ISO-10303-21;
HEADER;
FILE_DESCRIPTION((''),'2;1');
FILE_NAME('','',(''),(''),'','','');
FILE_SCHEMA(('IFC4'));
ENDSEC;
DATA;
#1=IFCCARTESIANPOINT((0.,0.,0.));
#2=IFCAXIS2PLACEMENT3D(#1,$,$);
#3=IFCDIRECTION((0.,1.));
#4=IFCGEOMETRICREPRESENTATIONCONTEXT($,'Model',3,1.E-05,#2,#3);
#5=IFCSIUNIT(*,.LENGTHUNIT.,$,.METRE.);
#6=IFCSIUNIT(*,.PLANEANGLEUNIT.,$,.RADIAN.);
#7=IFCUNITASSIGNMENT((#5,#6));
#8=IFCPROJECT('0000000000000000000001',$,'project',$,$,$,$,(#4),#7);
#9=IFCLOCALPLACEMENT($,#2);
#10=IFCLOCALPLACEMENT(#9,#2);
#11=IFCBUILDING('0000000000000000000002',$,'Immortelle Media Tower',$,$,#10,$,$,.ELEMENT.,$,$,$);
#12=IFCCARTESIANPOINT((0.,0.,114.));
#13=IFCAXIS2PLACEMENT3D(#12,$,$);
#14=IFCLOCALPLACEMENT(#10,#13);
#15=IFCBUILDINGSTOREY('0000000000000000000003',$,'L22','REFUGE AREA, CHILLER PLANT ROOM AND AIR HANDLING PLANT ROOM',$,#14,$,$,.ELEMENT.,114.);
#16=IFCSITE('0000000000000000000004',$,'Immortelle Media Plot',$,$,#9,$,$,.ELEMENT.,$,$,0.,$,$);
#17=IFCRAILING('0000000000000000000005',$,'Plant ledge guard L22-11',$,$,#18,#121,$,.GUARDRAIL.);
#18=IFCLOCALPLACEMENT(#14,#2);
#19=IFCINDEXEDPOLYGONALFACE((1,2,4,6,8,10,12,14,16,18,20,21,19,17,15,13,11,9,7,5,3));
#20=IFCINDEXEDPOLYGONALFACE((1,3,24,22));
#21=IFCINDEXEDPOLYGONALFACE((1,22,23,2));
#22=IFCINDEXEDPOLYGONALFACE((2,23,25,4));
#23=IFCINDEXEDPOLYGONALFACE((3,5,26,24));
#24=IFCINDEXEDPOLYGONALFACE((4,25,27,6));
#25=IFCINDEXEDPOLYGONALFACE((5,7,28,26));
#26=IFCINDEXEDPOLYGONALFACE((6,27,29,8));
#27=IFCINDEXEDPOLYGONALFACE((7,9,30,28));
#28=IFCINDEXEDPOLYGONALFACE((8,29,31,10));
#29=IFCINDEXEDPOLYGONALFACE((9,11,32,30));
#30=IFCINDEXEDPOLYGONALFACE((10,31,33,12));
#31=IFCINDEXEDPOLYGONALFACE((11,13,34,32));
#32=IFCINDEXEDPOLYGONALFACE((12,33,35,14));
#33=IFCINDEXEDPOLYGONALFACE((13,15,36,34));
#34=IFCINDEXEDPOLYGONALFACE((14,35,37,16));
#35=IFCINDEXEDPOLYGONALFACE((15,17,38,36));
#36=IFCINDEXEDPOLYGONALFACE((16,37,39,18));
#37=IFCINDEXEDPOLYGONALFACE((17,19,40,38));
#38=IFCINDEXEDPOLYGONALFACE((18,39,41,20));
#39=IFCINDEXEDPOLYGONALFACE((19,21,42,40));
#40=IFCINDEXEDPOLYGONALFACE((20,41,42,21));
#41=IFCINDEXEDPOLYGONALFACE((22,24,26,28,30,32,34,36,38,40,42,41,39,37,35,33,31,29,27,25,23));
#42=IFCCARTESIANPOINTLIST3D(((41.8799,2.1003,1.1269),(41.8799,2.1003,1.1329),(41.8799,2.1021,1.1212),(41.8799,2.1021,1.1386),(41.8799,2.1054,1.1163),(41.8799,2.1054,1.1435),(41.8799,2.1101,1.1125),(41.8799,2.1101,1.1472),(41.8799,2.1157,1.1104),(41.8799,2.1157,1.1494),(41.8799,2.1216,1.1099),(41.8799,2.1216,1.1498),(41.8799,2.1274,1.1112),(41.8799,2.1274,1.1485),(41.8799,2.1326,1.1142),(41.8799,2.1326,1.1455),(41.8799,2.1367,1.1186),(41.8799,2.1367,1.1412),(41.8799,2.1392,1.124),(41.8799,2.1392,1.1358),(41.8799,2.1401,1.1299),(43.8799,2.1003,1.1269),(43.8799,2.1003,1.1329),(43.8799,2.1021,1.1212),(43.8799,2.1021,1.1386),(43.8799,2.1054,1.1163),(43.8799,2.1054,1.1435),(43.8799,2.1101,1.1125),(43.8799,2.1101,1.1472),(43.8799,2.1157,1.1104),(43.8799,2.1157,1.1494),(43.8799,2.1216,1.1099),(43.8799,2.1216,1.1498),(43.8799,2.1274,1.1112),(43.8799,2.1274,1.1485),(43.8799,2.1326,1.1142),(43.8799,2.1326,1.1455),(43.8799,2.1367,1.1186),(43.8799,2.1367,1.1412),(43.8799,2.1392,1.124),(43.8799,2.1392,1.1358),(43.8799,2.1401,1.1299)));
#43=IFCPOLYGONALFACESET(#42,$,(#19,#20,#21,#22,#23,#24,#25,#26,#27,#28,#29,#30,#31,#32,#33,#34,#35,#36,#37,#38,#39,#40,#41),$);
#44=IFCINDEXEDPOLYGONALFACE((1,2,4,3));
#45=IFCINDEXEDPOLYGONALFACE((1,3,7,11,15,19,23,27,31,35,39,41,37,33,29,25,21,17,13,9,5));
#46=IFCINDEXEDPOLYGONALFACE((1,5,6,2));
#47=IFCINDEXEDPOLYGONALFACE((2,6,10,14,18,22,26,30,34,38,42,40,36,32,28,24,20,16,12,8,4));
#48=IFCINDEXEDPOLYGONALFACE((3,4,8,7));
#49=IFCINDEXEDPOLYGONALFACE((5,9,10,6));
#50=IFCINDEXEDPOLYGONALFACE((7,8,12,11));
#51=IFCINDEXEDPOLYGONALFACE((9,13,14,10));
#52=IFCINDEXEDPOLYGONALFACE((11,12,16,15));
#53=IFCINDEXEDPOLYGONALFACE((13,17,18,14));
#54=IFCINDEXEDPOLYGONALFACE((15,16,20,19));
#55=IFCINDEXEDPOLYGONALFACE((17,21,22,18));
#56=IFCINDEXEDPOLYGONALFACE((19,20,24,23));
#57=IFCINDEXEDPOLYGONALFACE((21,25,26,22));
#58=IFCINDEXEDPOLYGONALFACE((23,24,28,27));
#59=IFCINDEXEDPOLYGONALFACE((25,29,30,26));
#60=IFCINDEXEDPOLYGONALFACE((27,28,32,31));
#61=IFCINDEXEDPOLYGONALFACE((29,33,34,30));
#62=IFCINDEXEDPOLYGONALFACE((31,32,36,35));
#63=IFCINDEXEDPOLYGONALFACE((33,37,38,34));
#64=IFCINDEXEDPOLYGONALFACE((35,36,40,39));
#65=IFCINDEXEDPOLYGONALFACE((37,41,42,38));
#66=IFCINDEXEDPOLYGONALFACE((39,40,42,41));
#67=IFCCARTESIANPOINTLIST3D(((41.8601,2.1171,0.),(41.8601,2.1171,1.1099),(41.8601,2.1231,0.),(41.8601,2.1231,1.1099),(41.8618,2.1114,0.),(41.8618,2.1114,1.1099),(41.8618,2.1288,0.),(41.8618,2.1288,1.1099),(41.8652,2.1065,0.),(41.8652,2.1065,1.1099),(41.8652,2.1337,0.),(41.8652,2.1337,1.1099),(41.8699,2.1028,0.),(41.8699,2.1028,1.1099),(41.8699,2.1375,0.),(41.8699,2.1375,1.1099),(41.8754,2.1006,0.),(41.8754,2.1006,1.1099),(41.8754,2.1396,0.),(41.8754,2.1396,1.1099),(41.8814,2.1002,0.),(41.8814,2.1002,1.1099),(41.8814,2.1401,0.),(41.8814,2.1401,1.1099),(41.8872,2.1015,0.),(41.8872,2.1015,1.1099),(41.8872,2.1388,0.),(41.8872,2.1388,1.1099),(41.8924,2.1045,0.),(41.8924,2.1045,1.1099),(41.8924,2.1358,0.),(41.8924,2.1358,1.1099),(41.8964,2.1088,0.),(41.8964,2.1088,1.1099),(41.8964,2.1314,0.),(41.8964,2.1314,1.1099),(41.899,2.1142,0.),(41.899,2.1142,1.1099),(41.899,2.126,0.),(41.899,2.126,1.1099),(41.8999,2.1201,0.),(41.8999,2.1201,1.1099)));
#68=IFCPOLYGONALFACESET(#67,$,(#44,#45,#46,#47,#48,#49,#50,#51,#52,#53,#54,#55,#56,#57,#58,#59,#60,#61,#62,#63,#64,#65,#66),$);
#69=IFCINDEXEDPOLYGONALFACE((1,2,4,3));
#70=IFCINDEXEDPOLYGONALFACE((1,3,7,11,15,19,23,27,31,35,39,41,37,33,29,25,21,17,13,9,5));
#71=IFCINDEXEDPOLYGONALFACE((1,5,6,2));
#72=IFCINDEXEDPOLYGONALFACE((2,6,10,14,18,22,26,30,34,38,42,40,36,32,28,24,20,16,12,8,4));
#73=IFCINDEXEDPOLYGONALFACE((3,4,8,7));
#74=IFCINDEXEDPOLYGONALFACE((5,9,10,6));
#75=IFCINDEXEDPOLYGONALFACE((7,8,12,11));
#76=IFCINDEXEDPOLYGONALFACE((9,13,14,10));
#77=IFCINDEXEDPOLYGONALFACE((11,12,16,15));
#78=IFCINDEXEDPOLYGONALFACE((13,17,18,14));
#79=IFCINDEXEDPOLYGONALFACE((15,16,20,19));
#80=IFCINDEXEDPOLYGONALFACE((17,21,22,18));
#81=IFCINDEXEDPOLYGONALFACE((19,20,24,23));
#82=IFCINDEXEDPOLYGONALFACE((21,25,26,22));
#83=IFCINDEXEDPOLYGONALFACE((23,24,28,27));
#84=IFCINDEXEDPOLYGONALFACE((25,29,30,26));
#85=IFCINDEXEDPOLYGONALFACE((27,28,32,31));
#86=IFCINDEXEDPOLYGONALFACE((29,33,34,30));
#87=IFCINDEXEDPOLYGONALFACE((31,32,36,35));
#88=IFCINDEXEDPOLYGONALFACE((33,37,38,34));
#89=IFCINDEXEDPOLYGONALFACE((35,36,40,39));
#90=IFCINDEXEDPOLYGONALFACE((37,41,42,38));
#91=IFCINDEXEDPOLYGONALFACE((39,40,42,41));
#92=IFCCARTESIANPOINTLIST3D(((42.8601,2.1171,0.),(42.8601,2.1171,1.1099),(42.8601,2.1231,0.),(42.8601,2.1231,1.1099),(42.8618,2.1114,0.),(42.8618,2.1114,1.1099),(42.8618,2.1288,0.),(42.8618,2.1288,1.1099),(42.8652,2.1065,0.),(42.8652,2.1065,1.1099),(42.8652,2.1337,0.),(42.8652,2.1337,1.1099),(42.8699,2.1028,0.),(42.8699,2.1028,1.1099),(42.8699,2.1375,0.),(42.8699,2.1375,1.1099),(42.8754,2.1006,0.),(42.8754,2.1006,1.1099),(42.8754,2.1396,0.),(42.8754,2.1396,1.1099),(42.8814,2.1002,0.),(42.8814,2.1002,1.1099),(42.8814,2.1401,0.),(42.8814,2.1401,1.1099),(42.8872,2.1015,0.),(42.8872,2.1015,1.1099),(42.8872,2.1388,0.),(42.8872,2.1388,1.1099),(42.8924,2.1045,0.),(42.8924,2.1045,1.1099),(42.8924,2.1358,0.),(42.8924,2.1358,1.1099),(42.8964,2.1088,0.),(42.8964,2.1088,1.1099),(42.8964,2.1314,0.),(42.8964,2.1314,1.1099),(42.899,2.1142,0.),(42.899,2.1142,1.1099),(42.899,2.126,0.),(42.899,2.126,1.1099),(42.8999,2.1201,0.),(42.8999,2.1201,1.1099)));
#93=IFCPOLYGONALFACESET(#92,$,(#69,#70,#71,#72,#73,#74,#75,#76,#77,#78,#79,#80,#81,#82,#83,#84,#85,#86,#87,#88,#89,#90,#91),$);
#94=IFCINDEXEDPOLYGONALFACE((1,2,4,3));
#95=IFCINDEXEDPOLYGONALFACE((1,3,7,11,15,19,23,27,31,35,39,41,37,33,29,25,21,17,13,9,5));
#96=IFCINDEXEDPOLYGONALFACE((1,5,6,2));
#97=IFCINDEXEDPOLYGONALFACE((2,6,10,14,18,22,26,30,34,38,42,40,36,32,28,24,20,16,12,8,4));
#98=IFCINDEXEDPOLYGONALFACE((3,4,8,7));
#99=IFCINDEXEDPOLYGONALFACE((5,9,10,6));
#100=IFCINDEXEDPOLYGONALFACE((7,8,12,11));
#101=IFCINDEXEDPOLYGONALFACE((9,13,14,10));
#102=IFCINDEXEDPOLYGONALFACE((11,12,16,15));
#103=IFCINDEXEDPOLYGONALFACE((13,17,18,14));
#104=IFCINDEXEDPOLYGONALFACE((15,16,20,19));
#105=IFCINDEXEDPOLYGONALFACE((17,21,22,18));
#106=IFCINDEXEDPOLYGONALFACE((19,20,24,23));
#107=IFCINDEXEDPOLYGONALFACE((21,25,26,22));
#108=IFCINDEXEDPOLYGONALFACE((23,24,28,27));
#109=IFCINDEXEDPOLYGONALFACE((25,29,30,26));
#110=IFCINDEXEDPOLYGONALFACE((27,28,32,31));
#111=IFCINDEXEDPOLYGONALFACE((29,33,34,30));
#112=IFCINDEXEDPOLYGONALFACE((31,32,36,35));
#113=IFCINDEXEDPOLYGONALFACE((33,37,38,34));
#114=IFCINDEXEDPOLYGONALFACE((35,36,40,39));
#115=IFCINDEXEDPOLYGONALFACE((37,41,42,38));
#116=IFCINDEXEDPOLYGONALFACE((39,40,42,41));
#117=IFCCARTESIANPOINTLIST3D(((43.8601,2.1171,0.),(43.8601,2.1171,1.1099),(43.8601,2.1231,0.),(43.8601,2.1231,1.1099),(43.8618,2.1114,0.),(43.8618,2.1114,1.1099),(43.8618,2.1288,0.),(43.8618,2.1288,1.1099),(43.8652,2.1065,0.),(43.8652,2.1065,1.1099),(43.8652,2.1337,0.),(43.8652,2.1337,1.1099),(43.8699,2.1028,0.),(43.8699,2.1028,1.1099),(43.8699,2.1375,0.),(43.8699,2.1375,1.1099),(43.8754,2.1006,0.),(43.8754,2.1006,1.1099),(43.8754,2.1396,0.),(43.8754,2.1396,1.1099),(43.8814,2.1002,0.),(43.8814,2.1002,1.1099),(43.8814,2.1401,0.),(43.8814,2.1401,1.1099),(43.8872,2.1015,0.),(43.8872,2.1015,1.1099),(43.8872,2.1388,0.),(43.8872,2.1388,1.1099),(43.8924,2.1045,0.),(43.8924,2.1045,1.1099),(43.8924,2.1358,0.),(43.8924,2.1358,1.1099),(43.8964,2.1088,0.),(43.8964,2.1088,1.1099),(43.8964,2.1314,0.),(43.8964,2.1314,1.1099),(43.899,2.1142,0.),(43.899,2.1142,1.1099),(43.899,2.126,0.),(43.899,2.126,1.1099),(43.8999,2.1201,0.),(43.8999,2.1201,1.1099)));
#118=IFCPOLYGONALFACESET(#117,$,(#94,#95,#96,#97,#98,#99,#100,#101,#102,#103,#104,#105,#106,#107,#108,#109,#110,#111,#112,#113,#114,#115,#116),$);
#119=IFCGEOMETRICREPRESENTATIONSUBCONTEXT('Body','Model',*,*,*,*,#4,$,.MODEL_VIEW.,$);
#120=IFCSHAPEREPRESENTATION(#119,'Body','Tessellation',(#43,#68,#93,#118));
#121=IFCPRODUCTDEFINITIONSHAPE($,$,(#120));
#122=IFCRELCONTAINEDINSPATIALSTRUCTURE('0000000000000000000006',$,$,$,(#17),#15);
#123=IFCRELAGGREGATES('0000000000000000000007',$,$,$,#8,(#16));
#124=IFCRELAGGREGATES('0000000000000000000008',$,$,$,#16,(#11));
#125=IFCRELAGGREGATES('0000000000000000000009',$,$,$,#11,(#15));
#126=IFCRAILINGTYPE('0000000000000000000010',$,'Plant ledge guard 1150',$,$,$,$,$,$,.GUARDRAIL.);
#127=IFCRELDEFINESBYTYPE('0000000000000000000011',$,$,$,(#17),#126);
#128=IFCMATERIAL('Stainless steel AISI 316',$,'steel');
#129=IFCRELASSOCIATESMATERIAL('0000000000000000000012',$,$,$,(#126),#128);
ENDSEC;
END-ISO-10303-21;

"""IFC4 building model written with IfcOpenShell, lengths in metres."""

from ifc_helpers import new_model, si_unit, direction, frame, origin, origin_2d, place, context, subcontext, project, spatial, circle, extrude, material, type_object, element, save


model = new_model("IFC4")

# Units and contexts
model_context = context("Model", 3, precision=1e-05, world=origin(), true_north=direction((0.0, 1.0)))
body_context = subcontext(model_context, "Body", "Model", "MODEL_VIEW")
ifc_project = project(units=[si_unit("LENGTHUNIT", "METRE"), si_unit("PLANEANGLEUNIT", "RADIAN")], contexts=[model_context])

# Site, building, storey
site_placement = place(None, origin())
site = spatial("IfcSite", under=ifc_project, at=site_placement, Name="Immortelle Media Plot", CompositionType="ELEMENT", RefElevation=0.0)
building_placement = place(site_placement, origin())
building = spatial("IfcBuilding", under=site, at=building_placement, Name="Immortelle Media Tower", CompositionType="ELEMENT")
storey_placement = place(building_placement, frame((0.0, 0.0, 114.0)))
storey = spatial("IfcBuildingStorey", under=building, at=storey_placement, Name="L22", Description="REFUGE AREA, CHILLER PLANT ROOM AND AIR HANDLING PLANT ROOM", CompositionType="ELEMENT", Elevation=114.0)

# Railing
ifc_material_1 = material(Name="Stainless steel AISI 316", Category="steel")
railing_type = type_object("IfcRailingType", Name="Plant ledge guard 1150", PredefinedType="GUARDRAIL", material=ifc_material_1)
railing_1_placement = place(storey_placement, frame((41.8799, 2.1201, 0.0)))
element("IfcRailing", 1, at=railing_1_placement, inside=storey, type_object=railing_type, Name="Plant ledge guard L22-11", PredefinedType="GUARDRAIL", context=body_context, shape_type="SweptSolid", body=[
    extrude(circle(Radius=0.02, at=origin_2d()), frame((0.0, 0.0, 1.1299), z_axis=(1.0, 0.0, 0.0), x_axis=(0.0, 1.0, 0.0)), (0.0, 0.0, 1.0), 2.0),
    extrude(circle(Radius=0.02, at=origin_2d()), origin(), (0.0, 0.0, 1.0), 1.1099),
    extrude(circle(Radius=0.02, at=origin_2d()), frame((1.0, 0.0, 0.0)), (0.0, 0.0, 1.0), 1.1099),
    extrude(circle(Radius=0.02, at=origin_2d()), frame((2.0, 0.0, 0.0)), (0.0, 0.0, 1.0), 1.1099),
])

save(model, "model.ifc")
